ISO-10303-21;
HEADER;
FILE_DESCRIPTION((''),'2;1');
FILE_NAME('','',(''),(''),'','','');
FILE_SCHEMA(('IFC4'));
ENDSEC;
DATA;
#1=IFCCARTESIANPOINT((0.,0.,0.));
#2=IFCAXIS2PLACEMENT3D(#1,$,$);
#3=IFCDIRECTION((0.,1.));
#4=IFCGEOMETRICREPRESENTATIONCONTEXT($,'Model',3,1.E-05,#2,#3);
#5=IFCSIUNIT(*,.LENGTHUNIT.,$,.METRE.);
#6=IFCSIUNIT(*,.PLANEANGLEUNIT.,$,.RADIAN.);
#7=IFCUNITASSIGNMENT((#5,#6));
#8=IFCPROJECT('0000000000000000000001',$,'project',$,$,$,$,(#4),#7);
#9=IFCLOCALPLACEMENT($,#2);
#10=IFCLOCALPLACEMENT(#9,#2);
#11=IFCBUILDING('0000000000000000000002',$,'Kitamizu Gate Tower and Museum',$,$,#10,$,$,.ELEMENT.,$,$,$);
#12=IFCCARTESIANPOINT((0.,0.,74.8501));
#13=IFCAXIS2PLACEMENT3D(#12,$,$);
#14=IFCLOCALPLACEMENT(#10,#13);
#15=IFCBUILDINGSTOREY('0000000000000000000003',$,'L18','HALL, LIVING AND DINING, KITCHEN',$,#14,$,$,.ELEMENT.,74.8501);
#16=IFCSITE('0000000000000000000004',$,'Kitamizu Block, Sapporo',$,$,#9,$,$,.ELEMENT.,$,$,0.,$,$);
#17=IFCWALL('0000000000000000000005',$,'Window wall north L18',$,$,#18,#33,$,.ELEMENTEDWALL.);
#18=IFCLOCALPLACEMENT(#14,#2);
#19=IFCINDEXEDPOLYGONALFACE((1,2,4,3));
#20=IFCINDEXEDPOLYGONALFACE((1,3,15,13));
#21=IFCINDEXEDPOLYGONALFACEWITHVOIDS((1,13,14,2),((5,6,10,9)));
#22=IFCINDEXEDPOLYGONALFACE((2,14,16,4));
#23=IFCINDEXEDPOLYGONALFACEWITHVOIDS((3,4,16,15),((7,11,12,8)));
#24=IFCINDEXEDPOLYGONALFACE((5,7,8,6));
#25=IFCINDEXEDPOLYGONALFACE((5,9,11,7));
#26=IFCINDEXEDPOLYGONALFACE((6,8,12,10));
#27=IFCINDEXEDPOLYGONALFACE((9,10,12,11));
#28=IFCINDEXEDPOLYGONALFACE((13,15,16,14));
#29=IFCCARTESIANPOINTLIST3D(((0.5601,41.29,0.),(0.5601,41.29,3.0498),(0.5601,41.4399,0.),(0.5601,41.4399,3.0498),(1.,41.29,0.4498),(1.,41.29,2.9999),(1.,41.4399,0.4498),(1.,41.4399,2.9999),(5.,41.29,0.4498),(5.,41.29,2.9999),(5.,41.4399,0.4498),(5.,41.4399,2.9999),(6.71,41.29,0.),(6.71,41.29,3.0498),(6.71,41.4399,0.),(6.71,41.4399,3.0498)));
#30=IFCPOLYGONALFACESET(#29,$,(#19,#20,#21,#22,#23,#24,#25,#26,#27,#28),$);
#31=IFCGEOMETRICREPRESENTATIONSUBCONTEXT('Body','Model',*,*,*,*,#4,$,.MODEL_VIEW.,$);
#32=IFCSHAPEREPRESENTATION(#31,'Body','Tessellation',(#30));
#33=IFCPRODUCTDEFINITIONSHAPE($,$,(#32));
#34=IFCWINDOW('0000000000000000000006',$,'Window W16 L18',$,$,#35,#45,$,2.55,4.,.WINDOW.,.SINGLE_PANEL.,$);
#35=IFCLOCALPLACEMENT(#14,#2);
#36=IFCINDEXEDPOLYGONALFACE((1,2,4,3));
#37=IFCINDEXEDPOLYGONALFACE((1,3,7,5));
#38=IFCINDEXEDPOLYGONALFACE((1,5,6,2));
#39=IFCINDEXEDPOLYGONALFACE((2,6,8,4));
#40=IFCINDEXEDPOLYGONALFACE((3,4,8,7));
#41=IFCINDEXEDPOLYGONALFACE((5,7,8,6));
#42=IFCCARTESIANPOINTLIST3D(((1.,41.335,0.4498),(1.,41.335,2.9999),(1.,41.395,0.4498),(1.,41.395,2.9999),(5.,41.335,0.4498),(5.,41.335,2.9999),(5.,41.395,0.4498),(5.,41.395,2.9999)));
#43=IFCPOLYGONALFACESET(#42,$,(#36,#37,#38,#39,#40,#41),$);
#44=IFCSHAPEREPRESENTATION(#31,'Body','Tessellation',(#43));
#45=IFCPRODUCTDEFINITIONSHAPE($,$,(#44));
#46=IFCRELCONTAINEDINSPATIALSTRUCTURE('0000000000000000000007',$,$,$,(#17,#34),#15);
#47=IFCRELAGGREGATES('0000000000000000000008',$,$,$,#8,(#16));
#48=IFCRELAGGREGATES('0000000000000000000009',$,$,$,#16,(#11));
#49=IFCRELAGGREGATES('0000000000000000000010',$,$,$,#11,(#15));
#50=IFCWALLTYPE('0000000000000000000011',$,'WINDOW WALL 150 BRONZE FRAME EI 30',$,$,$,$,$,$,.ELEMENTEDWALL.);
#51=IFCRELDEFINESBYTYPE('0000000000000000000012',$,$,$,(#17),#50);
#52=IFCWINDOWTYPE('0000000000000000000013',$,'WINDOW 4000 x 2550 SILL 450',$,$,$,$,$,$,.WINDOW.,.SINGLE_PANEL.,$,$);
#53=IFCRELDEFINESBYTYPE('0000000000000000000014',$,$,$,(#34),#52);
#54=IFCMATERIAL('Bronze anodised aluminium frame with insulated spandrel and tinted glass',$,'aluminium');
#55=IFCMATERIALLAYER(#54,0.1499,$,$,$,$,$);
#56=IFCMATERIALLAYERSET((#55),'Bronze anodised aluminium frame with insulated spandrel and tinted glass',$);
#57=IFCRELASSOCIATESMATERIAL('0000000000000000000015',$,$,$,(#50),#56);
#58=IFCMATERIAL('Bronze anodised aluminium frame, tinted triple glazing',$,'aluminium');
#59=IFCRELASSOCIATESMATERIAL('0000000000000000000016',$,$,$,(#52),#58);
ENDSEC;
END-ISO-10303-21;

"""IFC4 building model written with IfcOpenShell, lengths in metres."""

from ifc_helpers import new_model, si_unit, direction, frame, frame_2d, origin, place, context, subcontext, project, spatial, rectangle, extrude, material, layer, layer_set, type_object, element, fill, save


model = new_model("IFC4")

# Units and contexts
model_context = context("Model", 3, precision=1e-05, world=origin(), true_north=direction((0.0, 1.0)))
body_context = subcontext(model_context, "Body", "Model", "MODEL_VIEW")
ifc_project = project(units=[si_unit("LENGTHUNIT", "METRE"), si_unit("PLANEANGLEUNIT", "RADIAN")], contexts=[model_context])

# Site, building, storey
site_placement = place(None, origin())
site = spatial("IfcSite", under=ifc_project, at=site_placement, Name="Kitamizu Block, Sapporo", CompositionType="ELEMENT", RefElevation=0.0)
building_placement = place(site_placement, origin())
building = spatial("IfcBuilding", under=site, at=building_placement, Name="Kitamizu Gate Tower and Museum", CompositionType="ELEMENT")
storey_placement = place(building_placement, frame((0.0, 0.0, 74.8501)))
storey = spatial("IfcBuildingStorey", under=building, at=storey_placement, Name="L18", Description="HALL, LIVING AND DINING, KITCHEN", CompositionType="ELEMENT", Elevation=74.8501)

# Shared definitions
ifc_material_1 = material(Name="Bronze anodised aluminium frame with insulated spandrel and tinted glass", Category="aluminium")
ifc_layer = layer(ifc_material_1, 0.1499)
ifc_layer_set = layer_set([ifc_layer], Name="Bronze anodised aluminium frame with insulated spandrel and tinted glass")
wall_type = type_object("IfcWallType", Name="WINDOW WALL 150 BRONZE FRAME EI 30", PredefinedType="ELEMENTEDWALL", material=ifc_layer_set)

# Wall, opening, window
wall_1_placement = place(storey_placement, frame((0.5601, 41.365, 0.0), z_axis=(0.0, 0.0, 1.0), x_axis=(1.0, 0.0, 0.0)))
wall_1 = element("IfcWall", 1, at=wall_1_placement, inside=storey, type_object=wall_type, Name="Window wall north L18", PredefinedType="ELEMENTEDWALL", context=body_context, shape_type="SweptSolid", body=[
    extrude(rectangle(XDim=6.1499, YDim=0.1499, at=frame_2d((3.075, 0.0))), origin(), (0.0, 0.0, 1.0), 3.0498),
])
opening_1_placement = place(wall_1_placement, frame((0.4399, 0.0, 0.45)))
opening_1 = element("IfcOpeningElement", 2, at=opening_1_placement, cuts=wall_1, PredefinedType="OPENING", context=body_context, shape_type="SweptSolid", body=[
    extrude(rectangle(XDim=4.0, YDim=2.55, at=frame_2d((2.0, 1.2749))), frame((0.0, 0.085, 0.0), z_axis=(0.0, -1.0, 0.0), x_axis=(1.0, 0.0, 0.0)), (0.0, 0.0, 1.0), 0.1699),
])
ifc_material_2 = material(Name="Bronze anodised aluminium frame, tinted triple glazing", Category="aluminium")
window_type_1 = type_object("IfcWindowType", Name="WINDOW 4000 x 2550 SILL 450", PartitioningType="SINGLE_PANEL", PredefinedType="WINDOW", material=ifc_material_2)
window_1_placement = place(opening_1_placement, origin())
window_1 = element("IfcWindow", 3, at=window_1_placement, inside=storey, type_object=window_type_1, Name="Window W16 L18", OverallHeight=2.55, OverallWidth=4.0, PartitioningType="SINGLE_PANEL", PredefinedType="WINDOW", context=body_context, shape_type="SweptSolid", body=[
    extrude(rectangle(XDim=4.0, YDim=2.55, at=frame_2d((2.0, 1.2749))), frame((0.0, 0.03, 0.0), z_axis=(0.0, -1.0, 0.0), x_axis=(1.0, 0.0, 0.0)), (0.0, 0.0, 1.0), 0.0601),
])
fill(opening_1, window_1)

save(model, "model.ifc")
